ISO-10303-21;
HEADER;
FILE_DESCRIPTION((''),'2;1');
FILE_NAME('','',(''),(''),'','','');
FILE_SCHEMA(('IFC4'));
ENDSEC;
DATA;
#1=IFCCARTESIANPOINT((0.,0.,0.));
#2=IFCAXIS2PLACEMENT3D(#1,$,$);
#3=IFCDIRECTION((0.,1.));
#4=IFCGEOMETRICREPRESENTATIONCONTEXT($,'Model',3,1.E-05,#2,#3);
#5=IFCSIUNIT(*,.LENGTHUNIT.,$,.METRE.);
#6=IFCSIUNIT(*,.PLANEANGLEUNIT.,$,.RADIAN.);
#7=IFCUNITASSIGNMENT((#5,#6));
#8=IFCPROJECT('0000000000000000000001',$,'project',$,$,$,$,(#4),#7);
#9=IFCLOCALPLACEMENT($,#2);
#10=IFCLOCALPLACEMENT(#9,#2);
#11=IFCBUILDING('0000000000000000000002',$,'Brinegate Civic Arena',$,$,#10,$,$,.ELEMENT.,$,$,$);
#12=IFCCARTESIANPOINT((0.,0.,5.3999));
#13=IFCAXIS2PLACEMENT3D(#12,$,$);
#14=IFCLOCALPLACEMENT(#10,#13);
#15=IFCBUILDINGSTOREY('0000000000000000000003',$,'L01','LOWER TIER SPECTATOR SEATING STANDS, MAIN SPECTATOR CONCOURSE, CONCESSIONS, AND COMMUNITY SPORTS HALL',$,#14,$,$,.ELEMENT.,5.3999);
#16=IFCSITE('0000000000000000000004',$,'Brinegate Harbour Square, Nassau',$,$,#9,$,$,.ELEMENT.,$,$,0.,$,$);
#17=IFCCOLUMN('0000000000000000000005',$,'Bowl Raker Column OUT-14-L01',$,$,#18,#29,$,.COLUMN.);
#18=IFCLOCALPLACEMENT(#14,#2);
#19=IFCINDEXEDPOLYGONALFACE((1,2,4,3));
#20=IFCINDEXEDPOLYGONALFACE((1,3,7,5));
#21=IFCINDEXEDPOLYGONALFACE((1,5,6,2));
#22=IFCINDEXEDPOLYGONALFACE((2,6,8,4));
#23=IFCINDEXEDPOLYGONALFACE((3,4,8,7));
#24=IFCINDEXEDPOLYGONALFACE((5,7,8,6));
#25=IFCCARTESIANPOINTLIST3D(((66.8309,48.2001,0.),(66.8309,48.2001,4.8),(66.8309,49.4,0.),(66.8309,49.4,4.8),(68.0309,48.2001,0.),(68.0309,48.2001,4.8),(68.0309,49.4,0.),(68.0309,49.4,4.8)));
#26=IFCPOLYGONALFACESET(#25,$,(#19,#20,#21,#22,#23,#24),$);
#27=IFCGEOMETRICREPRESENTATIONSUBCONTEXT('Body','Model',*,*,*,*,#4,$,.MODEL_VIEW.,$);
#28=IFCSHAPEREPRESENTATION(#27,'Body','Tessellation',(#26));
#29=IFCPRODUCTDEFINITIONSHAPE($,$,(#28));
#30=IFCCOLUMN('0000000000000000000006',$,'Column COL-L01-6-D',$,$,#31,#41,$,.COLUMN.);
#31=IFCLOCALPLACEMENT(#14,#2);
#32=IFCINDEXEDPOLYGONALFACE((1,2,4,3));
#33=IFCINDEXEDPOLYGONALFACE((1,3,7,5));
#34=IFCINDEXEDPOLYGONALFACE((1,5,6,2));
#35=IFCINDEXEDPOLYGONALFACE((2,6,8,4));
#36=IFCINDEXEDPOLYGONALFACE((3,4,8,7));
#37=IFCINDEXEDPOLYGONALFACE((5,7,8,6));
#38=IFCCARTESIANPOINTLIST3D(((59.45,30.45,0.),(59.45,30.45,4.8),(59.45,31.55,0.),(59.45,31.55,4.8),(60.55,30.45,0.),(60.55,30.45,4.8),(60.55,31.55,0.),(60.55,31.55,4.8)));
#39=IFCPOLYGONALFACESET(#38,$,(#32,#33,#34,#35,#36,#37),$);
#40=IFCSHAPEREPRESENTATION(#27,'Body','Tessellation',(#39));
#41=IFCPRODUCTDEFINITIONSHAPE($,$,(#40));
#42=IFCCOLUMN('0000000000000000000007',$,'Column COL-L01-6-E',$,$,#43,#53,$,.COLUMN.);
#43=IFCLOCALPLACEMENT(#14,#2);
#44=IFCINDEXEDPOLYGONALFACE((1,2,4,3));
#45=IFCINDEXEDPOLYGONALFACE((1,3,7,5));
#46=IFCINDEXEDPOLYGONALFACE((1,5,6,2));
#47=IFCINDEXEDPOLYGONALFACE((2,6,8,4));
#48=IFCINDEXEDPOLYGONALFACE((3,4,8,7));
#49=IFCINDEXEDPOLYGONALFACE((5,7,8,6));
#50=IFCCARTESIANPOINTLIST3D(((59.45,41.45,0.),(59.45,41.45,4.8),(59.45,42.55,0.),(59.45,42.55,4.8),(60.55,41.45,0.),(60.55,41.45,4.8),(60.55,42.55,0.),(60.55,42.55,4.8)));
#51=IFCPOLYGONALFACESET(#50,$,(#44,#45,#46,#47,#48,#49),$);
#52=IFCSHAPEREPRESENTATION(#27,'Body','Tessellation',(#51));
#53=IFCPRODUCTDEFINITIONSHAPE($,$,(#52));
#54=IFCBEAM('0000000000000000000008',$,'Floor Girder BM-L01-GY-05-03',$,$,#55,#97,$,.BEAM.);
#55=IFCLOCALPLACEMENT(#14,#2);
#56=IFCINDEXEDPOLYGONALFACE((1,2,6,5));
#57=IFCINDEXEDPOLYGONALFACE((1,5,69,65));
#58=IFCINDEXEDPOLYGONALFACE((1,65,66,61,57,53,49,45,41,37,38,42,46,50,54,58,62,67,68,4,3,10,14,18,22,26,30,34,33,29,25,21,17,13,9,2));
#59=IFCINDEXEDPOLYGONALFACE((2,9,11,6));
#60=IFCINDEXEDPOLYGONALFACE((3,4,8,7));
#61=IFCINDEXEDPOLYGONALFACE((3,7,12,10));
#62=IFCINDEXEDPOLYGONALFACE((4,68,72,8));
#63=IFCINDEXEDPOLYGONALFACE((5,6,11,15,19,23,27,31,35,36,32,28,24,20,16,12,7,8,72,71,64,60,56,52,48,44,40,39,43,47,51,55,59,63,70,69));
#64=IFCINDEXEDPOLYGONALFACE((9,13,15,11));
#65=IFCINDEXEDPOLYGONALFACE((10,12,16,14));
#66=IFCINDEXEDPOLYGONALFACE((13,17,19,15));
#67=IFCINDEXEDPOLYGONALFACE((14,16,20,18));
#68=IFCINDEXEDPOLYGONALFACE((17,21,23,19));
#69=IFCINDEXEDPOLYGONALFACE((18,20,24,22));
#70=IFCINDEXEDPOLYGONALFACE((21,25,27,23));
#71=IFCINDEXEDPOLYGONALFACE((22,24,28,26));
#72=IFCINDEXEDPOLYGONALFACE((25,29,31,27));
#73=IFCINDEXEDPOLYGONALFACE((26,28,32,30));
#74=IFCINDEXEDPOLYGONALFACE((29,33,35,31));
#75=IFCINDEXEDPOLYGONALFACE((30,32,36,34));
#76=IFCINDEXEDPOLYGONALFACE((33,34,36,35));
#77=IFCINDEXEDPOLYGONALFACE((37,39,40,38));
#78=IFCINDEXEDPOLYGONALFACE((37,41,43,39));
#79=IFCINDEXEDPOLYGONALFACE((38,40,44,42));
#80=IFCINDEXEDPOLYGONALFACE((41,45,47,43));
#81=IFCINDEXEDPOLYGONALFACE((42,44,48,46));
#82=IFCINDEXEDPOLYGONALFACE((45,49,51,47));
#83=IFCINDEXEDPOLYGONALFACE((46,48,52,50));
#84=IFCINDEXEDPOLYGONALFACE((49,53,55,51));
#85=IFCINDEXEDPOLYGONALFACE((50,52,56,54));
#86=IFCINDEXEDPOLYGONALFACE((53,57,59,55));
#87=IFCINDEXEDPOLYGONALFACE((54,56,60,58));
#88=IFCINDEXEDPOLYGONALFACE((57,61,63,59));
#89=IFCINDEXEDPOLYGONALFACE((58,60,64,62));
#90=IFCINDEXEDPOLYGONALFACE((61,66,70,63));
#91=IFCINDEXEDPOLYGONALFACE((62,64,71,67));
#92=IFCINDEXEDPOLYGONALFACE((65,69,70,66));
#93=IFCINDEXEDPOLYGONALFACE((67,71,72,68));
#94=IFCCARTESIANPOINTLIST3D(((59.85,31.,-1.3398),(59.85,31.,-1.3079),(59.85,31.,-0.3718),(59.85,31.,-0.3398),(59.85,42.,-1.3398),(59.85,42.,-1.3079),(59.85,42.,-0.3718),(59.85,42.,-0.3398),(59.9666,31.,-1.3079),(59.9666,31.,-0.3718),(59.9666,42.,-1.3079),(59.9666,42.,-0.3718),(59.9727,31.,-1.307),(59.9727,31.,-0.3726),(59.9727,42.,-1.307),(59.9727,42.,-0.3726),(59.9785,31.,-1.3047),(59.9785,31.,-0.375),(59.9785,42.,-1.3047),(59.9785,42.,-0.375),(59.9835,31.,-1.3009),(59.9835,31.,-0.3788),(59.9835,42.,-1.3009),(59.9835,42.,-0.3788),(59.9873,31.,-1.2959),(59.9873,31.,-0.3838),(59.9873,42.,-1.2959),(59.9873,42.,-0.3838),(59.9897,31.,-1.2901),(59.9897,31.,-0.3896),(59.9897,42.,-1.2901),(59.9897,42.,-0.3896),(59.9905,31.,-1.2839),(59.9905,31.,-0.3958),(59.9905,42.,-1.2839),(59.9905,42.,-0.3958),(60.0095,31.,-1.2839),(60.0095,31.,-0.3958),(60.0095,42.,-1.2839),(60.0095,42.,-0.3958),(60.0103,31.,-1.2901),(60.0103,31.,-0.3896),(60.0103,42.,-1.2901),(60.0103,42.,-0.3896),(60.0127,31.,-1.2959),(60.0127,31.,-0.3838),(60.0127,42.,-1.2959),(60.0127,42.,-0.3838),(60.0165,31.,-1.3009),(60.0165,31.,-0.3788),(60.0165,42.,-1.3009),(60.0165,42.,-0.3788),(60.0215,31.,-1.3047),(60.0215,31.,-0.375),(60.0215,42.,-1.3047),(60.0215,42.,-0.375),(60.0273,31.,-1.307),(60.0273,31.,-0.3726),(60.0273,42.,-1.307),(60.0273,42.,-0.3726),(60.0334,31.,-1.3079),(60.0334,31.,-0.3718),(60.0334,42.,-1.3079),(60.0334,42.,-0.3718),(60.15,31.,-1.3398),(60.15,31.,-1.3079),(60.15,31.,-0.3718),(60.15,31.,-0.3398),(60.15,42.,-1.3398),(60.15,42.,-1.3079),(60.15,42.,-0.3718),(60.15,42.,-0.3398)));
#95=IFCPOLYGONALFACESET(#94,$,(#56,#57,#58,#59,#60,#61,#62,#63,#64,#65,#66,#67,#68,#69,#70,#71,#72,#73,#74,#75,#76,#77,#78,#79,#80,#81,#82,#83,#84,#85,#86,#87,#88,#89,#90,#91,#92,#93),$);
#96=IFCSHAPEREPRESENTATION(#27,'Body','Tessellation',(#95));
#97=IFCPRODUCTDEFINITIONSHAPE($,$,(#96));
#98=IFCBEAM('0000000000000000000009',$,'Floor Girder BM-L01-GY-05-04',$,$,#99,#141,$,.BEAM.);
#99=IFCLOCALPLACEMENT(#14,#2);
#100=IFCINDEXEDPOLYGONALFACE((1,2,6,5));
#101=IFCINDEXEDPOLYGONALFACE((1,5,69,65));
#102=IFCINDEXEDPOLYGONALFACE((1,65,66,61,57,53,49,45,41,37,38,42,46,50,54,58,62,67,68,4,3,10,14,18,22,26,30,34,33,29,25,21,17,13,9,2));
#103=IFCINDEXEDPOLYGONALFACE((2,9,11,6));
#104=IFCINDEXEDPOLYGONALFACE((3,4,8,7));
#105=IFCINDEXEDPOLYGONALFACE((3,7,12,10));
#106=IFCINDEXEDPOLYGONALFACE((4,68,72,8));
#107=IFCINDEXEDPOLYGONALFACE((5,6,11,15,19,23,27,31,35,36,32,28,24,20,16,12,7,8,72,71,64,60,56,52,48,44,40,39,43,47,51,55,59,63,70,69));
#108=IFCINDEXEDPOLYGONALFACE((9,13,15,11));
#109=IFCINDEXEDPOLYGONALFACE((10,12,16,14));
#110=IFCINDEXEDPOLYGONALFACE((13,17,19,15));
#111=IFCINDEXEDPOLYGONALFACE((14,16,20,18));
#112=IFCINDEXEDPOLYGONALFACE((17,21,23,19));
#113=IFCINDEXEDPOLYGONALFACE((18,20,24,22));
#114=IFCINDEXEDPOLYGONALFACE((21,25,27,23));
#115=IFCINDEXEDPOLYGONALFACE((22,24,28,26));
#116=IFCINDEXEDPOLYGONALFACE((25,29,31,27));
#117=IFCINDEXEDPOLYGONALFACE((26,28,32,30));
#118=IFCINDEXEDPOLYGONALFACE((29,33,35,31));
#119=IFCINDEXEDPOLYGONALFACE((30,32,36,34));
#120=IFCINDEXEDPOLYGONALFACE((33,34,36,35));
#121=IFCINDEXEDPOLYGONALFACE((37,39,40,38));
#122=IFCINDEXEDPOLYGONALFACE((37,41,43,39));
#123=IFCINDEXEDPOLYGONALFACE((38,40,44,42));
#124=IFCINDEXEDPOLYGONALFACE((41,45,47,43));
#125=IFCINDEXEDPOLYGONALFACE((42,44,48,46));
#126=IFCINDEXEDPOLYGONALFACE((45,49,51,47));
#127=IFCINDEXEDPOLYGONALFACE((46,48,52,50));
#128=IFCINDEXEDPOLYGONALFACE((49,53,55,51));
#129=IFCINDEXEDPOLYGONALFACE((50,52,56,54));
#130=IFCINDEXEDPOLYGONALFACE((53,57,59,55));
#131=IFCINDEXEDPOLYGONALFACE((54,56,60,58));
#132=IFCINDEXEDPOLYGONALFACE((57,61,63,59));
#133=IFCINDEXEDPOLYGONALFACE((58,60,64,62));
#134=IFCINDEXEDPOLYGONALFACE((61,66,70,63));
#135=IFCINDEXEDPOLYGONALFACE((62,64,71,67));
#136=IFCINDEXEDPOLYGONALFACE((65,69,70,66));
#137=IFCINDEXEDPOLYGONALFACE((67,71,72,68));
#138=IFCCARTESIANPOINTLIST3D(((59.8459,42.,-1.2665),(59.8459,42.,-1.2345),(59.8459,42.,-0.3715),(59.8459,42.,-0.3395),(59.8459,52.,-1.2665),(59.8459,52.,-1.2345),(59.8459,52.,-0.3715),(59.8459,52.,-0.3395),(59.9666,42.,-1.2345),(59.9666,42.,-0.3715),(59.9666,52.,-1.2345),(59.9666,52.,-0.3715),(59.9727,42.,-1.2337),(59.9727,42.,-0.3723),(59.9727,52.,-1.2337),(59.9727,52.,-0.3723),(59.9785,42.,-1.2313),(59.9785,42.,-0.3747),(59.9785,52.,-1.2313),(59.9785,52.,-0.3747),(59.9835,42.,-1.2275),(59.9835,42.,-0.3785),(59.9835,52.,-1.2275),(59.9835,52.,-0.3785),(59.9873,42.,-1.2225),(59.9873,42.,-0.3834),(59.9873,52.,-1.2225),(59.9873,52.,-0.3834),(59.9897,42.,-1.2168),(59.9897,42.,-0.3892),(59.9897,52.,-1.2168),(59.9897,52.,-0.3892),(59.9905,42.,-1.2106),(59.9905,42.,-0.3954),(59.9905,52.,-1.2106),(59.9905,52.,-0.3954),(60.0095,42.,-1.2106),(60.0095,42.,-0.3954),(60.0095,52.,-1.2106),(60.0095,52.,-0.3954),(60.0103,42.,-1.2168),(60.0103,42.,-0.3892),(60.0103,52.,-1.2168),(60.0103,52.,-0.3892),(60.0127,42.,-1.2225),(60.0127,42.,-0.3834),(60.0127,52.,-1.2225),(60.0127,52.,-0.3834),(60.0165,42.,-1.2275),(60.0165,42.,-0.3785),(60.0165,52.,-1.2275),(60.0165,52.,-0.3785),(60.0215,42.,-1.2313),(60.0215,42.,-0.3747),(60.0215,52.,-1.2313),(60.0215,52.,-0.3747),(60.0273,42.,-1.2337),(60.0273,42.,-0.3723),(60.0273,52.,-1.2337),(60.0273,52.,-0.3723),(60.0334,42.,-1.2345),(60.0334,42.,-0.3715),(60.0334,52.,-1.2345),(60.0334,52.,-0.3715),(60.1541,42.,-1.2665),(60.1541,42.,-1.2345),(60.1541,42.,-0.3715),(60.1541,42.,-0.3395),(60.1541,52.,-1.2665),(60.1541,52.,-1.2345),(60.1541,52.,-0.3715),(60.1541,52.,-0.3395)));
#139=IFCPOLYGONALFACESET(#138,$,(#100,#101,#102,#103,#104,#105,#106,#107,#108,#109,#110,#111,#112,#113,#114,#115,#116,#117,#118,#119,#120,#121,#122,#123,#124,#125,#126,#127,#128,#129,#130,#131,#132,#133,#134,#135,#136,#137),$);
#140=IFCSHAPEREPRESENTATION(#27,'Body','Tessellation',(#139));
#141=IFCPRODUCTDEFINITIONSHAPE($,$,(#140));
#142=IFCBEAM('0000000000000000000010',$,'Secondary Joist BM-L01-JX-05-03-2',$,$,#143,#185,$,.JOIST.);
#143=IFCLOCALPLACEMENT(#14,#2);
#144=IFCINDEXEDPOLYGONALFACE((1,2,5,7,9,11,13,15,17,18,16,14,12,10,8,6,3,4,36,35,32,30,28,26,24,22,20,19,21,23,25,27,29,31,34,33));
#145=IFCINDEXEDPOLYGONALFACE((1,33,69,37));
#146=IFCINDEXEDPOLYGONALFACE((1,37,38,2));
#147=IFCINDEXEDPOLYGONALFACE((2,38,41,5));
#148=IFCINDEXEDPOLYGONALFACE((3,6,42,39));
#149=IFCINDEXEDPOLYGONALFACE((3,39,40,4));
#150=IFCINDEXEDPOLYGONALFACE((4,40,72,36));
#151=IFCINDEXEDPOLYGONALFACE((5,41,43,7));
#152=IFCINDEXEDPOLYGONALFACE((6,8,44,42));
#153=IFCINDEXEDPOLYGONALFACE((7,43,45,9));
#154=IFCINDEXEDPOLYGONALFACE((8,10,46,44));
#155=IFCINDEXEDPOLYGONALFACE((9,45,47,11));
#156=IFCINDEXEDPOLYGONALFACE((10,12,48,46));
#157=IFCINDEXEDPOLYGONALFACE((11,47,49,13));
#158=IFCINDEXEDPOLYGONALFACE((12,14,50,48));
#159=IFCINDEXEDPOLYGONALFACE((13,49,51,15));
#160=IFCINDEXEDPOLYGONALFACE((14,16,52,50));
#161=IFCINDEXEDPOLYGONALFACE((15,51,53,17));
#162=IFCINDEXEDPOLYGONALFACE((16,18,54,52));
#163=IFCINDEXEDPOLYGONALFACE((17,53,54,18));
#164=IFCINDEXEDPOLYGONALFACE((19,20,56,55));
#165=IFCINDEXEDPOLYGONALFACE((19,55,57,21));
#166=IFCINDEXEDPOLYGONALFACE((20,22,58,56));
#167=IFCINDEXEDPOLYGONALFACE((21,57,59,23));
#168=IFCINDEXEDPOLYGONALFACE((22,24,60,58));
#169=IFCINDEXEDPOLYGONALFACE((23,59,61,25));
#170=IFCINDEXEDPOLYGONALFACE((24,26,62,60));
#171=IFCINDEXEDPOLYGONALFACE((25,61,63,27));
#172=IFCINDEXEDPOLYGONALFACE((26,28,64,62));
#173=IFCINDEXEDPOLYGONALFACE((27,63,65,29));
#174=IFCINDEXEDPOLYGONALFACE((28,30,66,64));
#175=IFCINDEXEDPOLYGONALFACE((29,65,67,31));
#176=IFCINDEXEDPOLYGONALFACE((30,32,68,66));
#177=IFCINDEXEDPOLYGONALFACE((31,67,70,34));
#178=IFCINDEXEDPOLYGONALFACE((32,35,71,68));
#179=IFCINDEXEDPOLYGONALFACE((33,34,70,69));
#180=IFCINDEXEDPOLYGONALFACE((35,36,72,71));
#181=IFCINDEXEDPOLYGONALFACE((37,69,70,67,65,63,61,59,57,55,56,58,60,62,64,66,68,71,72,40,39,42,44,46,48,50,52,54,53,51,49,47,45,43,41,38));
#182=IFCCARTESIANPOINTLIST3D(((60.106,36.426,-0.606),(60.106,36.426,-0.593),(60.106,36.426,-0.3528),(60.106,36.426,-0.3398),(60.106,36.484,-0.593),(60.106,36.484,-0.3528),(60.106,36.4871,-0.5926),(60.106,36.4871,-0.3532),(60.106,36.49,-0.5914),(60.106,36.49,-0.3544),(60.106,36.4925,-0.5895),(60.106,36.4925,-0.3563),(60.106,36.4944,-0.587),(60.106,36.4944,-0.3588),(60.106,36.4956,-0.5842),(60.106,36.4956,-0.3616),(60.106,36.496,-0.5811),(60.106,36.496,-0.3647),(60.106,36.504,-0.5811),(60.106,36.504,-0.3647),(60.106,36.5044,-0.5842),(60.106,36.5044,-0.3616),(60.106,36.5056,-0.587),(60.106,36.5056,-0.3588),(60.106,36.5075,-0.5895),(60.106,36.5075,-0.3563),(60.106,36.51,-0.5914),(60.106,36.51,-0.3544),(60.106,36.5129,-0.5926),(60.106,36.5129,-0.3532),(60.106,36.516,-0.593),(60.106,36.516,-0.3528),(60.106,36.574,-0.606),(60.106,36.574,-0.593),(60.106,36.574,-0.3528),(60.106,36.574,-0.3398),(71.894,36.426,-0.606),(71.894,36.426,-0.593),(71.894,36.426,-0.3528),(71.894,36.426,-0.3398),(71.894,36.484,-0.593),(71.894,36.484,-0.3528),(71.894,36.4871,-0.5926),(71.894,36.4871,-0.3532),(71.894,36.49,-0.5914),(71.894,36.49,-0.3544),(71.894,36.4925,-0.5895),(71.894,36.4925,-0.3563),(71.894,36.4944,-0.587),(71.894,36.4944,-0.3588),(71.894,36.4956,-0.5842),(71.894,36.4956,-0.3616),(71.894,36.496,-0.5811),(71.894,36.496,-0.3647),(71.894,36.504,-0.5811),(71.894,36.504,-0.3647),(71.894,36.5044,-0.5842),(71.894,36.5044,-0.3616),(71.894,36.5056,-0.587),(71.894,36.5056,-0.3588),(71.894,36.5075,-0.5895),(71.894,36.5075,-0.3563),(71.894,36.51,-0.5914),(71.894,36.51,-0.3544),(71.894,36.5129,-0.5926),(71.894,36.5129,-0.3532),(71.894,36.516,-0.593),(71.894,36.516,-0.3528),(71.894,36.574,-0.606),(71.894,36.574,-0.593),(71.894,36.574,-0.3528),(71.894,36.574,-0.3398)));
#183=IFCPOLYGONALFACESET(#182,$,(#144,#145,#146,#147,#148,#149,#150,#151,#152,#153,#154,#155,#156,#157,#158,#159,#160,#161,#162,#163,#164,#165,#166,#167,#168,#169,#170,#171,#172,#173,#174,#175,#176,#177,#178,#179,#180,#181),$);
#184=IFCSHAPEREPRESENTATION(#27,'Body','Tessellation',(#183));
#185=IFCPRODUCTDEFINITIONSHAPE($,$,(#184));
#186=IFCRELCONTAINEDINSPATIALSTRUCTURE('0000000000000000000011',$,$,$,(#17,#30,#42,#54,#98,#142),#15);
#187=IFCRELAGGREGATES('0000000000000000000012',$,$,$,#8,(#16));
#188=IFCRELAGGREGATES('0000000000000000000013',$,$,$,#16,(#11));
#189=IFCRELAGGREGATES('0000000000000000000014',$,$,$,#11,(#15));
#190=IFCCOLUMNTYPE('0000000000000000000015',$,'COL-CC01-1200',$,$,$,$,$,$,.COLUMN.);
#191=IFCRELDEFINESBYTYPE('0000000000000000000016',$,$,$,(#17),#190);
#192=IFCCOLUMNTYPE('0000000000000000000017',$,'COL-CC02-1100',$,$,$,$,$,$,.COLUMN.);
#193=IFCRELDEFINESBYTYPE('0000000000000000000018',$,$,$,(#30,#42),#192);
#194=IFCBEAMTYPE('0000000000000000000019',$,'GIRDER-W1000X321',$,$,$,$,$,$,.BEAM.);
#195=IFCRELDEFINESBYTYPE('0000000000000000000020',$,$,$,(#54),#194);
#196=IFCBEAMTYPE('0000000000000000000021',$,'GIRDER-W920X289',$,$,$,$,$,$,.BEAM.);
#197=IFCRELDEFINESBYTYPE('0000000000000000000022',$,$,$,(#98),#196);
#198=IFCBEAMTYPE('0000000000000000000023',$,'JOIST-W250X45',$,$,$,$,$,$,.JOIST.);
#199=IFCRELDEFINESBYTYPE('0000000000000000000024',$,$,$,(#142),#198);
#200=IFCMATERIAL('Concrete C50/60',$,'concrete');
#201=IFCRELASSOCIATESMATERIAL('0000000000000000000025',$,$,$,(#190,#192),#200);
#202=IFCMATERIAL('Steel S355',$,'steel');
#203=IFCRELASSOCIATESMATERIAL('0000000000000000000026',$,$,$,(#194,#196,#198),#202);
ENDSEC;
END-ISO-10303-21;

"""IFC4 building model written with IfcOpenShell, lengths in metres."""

from ifc_helpers import new_model, si_unit, direction, frame, origin, origin_2d, place, context, subcontext, project, spatial, rectangle, i_section, extrude, material, material_profile, profile_set, type_object, element, save


model = new_model("IFC4")

# Units and contexts
model_context = context("Model", 3, precision=1e-05, world=origin(), true_north=direction((0.0, 1.0)))
body_context = subcontext(model_context, "Body", "Model", "MODEL_VIEW")
ifc_project = project(units=[si_unit("LENGTHUNIT", "METRE"), si_unit("PLANEANGLEUNIT", "RADIAN")], contexts=[model_context])

# Site, building, storey
site_placement = place(None, origin())
site = spatial("IfcSite", under=ifc_project, at=site_placement, Name="Brinegate Harbour Square, Nassau", CompositionType="ELEMENT", RefElevation=0.0)
building_placement = place(site_placement, origin())
building = spatial("IfcBuilding", under=site, at=building_placement, Name="Brinegate Civic Arena", CompositionType="ELEMENT")
storey_placement = place(building_placement, frame((0.0, 0.0, 5.3999)))
storey = spatial("IfcBuildingStorey", under=building, at=storey_placement, Name="L01", Description="LOWER TIER SPECTATOR SEATING STANDS, MAIN SPECTATOR CONCOURSE, CONCESSIONS, AND COMMUNITY SPORTS HALL", CompositionType="ELEMENT", Elevation=5.3999)

# Columns
ifc_material_1 = material(Name="Concrete C50/60", Category="concrete")
ifc_material_profile_1 = material_profile(ifc_material_1, rectangle(XDim=1.2, YDim=1.2, at=origin_2d()), Name="RC1200X1200")
ifc_profile_set_1 = profile_set([ifc_material_profile_1], Name="Concrete C50/60")
column_type_1 = type_object("IfcColumnType", Name="COL-CC01-1200", PredefinedType="COLUMN", material=ifc_profile_set_1)
column_placement = place(storey_placement, frame((67.4309, 48.8, 0.0), z_axis=(0.0, 0.0, 1.0), x_axis=(1.0, 0.0, 0.0)))
element("IfcColumn", 1, at=column_placement, inside=storey, type_object=column_type_1, Name="Bowl Raker Column OUT-14-L01", PredefinedType="COLUMN", context=body_context, shape_type="SweptSolid", body=[
    extrude(rectangle(XDim=1.2, YDim=1.2, at=origin_2d()), origin(), (0.0, 0.0, 1.0), 4.8),
])
ifc_material_profile_2 = material_profile(ifc_material_1, rectangle(XDim=1.1001, YDim=1.1001, at=origin_2d()), Name="RC1100X1100")
ifc_profile_set_2 = profile_set([ifc_material_profile_2], Name="Concrete C50/60")
column_type_2 = type_object("IfcColumnType", Name="COL-CC02-1100", PredefinedType="COLUMN", material=ifc_profile_set_2)
for number, where, z_axis, x_axis, name in (
    (2, (60.0, 31.0, 0.0), (0.0, 0.0, 1.0), (1.0, 0.0, 0.0), "Column COL-L01-6-D"),
    (3, (60.0, 42.0, 0.0), (0.0, 0.0, 1.0), (1.0, 0.0, 0.0), "Column COL-L01-6-E"),
):
    element("IfcColumn", number, at=place(storey_placement, frame(where, z_axis=z_axis, x_axis=x_axis)), inside=storey, type_object=column_type_2, Name=name, PredefinedType="COLUMN", context=body_context, shape_type="SweptSolid", body=[
        extrude(rectangle(XDim=1.1001, YDim=1.1001, at=origin_2d()), origin(), (0.0, 0.0, 1.0), 4.8),
    ])

# Beams
ifc_material_2 = material(Name="Steel S355", Category="steel")
ifc_material_profile_3 = material_profile(ifc_material_2, i_section(OverallWidth=0.3, OverallDepth=1.0, WebThickness=0.019, FlangeThickness=0.032, FilletRadius=0.0239, at=origin_2d()), Name="W1000X321")
ifc_profile_set_3 = profile_set([ifc_material_profile_3], Name="Steel S355")
beam_type_1 = type_object("IfcBeamType", Name="GIRDER-W1000X321", PredefinedType="BEAM", material=ifc_profile_set_3)
beam_1_placement = place(storey_placement, frame((60.0, 31.0, -0.8398), z_axis=(0.0, 1.0, 0.0), x_axis=(-1.0, 0.0, 0.0)))
element("IfcBeam", 4, at=beam_1_placement, inside=storey, type_object=beam_type_1, Name="Floor Girder BM-L01-GY-05-03", PredefinedType="BEAM", context=body_context, shape_type="SweptSolid", body=[
    extrude(i_section(OverallWidth=0.3, OverallDepth=1.0, WebThickness=0.019, FlangeThickness=0.032, FilletRadius=0.0239, at=origin_2d()), origin(), (0.0, 0.0, 1.0), 11.0),
])
ifc_material_profile_4 = material_profile(ifc_material_2, i_section(OverallWidth=0.3081, OverallDepth=0.927, WebThickness=0.019, FlangeThickness=0.032, FilletRadius=0.0239, at=origin_2d()), Name="W920X289")
ifc_profile_set_4 = profile_set([ifc_material_profile_4], Name="Steel S355")
beam_type_2 = type_object("IfcBeamType", Name="GIRDER-W920X289", PredefinedType="BEAM", material=ifc_profile_set_4)
beam_2_placement = place(storey_placement, frame((60.0, 42.0, -0.803), z_axis=(0.0, 1.0, 0.0), x_axis=(-1.0, 0.0, 0.0)))
element("IfcBeam", 5, at=beam_2_placement, inside=storey, type_object=beam_type_2, Name="Floor Girder BM-L01-GY-05-04", PredefinedType="BEAM", context=body_context, shape_type="SweptSolid", body=[
    extrude(i_section(OverallWidth=0.3081, OverallDepth=0.927, WebThickness=0.019, FlangeThickness=0.032, FilletRadius=0.0239, at=origin_2d()), origin(), (0.0, 0.0, 1.0), 10.0),
])
ifc_material_profile_5 = material_profile(ifc_material_2, i_section(OverallWidth=0.1479, OverallDepth=0.2661, WebThickness=0.0081, FlangeThickness=0.0129, FilletRadius=0.012, at=origin_2d()), Name="W250X45")
ifc_profile_set_5 = profile_set([ifc_material_profile_5], Name="Steel S355")
beam_type_3 = type_object("IfcBeamType", Name="JOIST-W250X45", PredefinedType="JOIST", material=ifc_profile_set_5)
beam_3_placement = place(storey_placement, frame((60.106, 36.5, -0.4729), z_axis=(1.0, 0.0, 0.0), x_axis=(0.0, 1.0, 0.0)))
element("IfcBeam", 6, at=beam_3_placement, inside=storey, type_object=beam_type_3, Name="Secondary Joist BM-L01-JX-05-03-2", PredefinedType="JOIST", context=body_context, shape_type="SweptSolid", body=[
    extrude(i_section(OverallWidth=0.1479, OverallDepth=0.2661, WebThickness=0.0081, FlangeThickness=0.0129, FilletRadius=0.012, at=origin_2d()), origin(), (0.0, 0.0, 1.0), 11.7881),
])

save(model, "model.ifc")
